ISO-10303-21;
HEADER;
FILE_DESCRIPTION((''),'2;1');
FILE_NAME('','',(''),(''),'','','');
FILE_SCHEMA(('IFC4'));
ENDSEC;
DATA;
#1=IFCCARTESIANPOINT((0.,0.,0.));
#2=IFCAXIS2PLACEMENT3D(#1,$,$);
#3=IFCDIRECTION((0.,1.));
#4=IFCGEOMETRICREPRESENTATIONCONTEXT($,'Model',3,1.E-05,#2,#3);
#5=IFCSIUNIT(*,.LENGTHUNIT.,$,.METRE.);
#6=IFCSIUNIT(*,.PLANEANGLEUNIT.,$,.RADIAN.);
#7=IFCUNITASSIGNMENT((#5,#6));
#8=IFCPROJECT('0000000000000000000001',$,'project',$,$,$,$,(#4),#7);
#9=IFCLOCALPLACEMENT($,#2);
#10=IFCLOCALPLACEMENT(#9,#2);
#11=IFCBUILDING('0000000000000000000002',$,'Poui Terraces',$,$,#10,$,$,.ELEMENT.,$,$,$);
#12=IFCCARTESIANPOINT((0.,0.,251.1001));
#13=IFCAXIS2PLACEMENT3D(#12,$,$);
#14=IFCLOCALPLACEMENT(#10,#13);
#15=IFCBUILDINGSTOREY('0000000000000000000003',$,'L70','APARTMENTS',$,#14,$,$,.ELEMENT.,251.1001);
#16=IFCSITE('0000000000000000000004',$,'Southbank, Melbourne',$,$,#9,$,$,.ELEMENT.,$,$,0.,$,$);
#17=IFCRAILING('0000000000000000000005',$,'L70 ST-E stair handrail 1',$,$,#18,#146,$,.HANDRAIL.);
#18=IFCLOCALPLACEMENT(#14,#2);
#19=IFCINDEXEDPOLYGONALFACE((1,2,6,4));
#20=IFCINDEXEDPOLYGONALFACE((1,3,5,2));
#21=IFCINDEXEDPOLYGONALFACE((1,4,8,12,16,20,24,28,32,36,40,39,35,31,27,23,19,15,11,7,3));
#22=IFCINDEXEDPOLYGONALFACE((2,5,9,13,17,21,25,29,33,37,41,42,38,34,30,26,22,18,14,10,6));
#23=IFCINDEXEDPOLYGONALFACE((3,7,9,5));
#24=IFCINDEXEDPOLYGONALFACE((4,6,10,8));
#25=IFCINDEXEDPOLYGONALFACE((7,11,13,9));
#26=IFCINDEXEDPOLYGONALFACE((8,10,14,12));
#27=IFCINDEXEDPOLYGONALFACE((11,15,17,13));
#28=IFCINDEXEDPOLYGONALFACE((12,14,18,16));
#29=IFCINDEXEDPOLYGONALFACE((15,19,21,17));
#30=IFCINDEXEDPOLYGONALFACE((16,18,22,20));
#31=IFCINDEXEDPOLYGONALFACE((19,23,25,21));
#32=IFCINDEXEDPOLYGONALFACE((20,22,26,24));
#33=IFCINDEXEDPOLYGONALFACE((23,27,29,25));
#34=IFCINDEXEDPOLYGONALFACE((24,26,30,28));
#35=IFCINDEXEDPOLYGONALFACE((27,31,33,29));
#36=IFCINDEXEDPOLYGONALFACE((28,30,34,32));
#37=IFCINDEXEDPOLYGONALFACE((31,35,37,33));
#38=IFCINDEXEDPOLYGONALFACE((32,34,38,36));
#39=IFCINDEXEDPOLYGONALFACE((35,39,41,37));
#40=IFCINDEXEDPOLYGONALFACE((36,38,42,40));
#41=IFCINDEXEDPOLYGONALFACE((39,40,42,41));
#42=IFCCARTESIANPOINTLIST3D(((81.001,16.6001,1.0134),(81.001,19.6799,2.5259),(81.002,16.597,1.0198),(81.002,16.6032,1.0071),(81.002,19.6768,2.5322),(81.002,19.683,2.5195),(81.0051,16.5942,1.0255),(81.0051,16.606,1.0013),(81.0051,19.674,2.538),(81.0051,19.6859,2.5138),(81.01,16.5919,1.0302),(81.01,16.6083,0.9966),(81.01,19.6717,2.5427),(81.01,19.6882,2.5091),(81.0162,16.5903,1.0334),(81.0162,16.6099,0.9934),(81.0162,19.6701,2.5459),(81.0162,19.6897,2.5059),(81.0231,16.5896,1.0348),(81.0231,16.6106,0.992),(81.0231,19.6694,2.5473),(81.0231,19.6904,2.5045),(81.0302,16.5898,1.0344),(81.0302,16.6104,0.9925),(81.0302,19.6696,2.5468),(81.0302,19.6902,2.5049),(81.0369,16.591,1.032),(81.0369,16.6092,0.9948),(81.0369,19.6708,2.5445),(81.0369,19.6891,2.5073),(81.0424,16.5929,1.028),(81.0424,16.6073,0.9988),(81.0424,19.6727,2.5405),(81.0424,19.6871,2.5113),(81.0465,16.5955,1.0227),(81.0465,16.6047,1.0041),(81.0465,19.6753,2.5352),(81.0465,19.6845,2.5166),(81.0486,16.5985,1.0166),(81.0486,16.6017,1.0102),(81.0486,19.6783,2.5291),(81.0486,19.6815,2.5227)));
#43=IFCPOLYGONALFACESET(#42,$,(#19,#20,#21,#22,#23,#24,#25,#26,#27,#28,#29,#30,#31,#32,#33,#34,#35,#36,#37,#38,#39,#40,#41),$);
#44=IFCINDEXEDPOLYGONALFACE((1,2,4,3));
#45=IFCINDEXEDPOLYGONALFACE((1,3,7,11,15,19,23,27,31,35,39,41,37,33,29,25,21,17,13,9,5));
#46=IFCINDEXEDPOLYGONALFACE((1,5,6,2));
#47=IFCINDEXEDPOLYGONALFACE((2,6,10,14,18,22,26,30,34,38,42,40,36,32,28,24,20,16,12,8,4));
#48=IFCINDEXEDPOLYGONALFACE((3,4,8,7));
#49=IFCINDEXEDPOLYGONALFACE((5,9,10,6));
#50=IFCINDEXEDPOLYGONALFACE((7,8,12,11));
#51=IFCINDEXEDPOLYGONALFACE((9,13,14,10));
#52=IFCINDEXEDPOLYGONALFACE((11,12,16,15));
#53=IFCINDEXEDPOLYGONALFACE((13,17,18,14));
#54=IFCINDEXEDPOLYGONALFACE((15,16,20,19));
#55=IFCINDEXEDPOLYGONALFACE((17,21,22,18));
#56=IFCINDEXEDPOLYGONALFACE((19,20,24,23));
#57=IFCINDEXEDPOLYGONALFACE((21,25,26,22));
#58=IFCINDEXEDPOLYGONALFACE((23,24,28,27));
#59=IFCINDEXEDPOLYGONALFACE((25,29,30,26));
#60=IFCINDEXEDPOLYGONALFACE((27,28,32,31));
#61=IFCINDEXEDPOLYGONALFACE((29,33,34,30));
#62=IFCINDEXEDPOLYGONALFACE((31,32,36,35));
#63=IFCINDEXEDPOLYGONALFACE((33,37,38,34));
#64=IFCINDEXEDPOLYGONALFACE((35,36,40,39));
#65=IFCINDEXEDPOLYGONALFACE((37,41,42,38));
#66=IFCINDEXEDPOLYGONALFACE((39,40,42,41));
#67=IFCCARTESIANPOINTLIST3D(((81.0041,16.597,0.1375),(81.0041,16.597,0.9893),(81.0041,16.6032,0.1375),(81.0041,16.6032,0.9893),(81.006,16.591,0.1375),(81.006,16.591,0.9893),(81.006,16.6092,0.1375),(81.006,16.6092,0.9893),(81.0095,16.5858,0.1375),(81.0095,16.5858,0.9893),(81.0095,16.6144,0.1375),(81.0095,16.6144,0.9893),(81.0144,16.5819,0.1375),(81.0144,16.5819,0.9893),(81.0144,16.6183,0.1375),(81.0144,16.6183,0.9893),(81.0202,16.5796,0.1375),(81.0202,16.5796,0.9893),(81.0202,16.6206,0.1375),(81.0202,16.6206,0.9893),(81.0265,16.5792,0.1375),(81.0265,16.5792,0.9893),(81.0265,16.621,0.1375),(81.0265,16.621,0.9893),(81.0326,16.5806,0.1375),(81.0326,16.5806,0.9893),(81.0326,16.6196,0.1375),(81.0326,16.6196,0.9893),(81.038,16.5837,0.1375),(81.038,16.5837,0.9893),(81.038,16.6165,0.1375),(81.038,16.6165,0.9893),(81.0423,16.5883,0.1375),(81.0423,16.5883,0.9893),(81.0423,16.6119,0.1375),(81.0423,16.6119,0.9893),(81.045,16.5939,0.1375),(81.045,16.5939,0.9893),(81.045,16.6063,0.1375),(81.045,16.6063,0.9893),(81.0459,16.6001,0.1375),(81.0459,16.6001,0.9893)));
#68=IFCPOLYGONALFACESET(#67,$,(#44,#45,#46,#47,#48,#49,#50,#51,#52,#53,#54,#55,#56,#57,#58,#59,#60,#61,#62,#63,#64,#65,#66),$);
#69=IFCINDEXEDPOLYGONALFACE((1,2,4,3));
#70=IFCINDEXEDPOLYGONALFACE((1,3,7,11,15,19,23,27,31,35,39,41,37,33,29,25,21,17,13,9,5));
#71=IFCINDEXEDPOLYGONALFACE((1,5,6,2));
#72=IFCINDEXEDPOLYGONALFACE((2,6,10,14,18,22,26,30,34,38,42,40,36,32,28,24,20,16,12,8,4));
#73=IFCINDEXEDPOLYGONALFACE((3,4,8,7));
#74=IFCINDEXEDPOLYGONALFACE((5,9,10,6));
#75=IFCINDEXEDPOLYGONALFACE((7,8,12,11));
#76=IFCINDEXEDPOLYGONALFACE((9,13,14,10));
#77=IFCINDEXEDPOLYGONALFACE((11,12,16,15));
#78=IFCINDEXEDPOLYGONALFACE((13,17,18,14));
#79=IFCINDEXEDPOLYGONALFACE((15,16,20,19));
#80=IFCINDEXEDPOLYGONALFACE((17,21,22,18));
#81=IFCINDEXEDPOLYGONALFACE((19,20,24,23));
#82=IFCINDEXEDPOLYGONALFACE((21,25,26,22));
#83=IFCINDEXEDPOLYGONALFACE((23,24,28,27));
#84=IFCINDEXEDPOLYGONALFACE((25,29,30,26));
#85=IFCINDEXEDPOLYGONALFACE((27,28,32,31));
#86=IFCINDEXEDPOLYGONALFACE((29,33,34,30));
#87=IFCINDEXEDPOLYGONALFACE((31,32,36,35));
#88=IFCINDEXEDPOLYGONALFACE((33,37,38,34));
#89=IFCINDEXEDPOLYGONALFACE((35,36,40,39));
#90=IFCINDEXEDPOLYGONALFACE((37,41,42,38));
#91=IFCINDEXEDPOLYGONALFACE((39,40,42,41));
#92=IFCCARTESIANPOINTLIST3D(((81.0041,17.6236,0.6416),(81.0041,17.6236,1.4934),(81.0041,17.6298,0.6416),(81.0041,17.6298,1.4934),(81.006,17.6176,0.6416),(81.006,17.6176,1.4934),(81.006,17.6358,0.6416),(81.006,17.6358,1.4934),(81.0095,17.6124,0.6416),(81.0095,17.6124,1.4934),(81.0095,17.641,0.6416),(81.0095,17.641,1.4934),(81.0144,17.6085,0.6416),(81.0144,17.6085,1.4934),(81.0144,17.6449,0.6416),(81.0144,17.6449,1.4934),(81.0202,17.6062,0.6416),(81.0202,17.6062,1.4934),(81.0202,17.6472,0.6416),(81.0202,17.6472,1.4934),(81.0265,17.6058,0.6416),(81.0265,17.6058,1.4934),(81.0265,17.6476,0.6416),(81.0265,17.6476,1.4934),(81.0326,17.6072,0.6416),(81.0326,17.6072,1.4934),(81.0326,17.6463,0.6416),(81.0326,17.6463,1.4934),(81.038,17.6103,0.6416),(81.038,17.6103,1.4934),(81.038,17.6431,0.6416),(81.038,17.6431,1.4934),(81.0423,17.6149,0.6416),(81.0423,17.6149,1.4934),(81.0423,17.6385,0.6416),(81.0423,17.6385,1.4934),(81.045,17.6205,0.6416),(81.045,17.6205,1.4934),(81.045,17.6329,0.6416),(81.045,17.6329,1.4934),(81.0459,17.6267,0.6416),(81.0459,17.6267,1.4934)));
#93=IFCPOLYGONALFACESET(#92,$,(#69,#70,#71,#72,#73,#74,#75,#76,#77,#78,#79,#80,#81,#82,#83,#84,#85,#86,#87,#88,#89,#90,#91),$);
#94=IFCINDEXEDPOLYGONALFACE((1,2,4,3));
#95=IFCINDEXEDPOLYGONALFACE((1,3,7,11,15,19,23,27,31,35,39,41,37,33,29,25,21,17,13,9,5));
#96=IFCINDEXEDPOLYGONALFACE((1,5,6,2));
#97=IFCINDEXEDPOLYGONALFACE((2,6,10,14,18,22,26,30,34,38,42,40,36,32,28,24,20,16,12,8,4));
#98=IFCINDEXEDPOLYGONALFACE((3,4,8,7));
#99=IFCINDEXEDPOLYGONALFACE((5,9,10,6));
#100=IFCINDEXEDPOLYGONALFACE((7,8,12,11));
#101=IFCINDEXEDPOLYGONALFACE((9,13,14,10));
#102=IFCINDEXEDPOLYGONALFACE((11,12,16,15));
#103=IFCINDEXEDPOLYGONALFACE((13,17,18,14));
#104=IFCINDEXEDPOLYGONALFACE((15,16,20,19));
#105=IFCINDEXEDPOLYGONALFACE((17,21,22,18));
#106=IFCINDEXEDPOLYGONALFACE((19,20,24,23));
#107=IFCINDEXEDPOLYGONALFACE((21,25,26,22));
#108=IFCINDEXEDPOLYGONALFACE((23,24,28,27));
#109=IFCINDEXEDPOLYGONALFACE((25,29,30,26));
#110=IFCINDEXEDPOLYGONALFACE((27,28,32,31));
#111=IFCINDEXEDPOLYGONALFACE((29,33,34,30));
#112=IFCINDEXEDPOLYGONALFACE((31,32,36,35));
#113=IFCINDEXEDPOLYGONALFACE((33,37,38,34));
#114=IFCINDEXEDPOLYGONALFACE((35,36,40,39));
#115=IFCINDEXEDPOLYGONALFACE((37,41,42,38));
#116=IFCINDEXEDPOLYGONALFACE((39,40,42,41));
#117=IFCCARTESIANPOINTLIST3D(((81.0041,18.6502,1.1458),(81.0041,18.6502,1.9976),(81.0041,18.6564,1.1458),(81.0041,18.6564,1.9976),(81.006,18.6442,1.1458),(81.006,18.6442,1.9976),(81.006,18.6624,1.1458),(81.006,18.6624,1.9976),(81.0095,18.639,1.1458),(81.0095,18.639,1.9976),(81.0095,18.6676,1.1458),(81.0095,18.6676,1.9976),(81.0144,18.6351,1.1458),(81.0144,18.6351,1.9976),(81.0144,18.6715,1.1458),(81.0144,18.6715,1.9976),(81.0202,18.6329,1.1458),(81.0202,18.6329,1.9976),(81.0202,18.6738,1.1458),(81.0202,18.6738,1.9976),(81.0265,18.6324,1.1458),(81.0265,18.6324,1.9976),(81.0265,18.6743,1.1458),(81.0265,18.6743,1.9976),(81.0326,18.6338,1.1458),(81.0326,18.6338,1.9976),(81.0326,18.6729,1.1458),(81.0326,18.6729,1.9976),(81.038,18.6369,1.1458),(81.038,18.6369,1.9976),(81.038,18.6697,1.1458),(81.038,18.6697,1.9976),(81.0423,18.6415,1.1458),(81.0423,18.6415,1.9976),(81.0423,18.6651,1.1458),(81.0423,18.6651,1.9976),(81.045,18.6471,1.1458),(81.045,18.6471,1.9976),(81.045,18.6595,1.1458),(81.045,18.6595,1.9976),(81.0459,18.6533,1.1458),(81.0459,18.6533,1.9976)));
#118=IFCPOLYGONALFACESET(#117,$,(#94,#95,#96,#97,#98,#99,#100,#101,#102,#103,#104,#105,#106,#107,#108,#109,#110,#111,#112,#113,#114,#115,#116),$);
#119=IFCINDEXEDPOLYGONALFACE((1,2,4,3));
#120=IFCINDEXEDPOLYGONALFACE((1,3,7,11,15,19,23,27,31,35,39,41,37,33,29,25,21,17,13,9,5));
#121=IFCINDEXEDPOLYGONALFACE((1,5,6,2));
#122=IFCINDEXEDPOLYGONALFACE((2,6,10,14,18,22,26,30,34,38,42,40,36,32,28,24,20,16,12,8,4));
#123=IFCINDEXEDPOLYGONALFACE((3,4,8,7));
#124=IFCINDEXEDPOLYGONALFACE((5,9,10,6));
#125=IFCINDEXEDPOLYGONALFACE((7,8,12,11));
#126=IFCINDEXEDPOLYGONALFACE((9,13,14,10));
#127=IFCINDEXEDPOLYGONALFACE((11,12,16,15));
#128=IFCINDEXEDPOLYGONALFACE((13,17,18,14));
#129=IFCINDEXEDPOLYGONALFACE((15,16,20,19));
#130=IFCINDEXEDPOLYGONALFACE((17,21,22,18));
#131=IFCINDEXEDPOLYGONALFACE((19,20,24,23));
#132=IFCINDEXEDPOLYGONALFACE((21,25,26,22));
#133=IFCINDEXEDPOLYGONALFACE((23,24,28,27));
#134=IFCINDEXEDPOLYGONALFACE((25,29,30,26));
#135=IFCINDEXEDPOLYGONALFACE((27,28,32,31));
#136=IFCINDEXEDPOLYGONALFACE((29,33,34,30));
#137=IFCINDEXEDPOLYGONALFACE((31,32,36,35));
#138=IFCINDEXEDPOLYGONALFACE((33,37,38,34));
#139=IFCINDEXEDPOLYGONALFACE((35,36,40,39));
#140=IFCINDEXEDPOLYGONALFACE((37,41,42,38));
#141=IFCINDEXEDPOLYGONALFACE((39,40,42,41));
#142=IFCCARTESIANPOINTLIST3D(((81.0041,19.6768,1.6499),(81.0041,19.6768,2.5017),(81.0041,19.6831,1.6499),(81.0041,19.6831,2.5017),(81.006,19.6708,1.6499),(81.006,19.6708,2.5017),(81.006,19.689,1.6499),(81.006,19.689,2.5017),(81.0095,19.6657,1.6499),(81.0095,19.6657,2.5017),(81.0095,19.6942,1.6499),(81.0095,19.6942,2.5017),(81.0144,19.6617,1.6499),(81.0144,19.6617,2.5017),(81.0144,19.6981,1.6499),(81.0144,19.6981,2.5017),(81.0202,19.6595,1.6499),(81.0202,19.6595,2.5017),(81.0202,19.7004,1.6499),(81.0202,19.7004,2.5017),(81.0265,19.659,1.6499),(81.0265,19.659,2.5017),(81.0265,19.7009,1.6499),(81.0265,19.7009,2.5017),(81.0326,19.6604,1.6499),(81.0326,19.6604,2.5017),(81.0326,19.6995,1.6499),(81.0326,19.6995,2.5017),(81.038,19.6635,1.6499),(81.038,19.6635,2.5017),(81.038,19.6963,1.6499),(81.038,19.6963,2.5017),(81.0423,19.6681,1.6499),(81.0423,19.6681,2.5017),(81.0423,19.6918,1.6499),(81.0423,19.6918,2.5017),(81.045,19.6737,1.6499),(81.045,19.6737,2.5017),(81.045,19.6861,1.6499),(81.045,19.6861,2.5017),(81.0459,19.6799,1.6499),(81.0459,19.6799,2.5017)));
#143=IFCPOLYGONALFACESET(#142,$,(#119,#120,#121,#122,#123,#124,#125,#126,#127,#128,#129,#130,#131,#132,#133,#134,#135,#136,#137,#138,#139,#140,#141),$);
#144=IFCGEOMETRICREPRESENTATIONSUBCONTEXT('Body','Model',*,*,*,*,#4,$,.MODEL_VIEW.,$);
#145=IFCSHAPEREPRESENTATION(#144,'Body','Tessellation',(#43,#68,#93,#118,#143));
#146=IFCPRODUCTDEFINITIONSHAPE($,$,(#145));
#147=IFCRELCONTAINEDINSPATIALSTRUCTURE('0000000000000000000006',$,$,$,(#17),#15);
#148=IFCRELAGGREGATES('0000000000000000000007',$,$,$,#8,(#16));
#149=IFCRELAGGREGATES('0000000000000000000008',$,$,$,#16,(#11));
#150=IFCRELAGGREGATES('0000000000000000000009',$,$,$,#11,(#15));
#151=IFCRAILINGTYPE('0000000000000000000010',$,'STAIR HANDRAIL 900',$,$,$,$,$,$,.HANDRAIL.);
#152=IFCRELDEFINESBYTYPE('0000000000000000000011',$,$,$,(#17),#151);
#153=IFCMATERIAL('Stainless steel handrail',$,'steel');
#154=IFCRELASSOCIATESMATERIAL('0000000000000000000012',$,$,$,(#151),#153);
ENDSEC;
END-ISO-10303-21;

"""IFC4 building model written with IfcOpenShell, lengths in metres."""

from ifc_helpers import new_model, si_unit, direction, frame, origin, origin_2d, place, context, subcontext, project, spatial, circle, extrude, material, type_object, element, save


model = new_model("IFC4")

# Units and contexts
model_context = context("Model", 3, precision=1e-05, world=origin(), true_north=direction((0.0, 1.0)))
body_context = subcontext(model_context, "Body", "Model", "MODEL_VIEW")
ifc_project = project(units=[si_unit("LENGTHUNIT", "METRE"), si_unit("PLANEANGLEUNIT", "RADIAN")], contexts=[model_context])

# Site, building, storey
site_placement = place(None, origin())
site = spatial("IfcSite", under=ifc_project, at=site_placement, Name="Southbank, Melbourne", CompositionType="ELEMENT", RefElevation=0.0)
building_placement = place(site_placement, origin())
building = spatial("IfcBuilding", under=site, at=building_placement, Name="Poui Terraces", CompositionType="ELEMENT")
storey_placement = place(building_placement, frame((0.0, 0.0, 251.1001)))
storey = spatial("IfcBuildingStorey", under=building, at=storey_placement, Name="L70", Description="APARTMENTS", CompositionType="ELEMENT", Elevation=251.1001)

# Railing
ifc_material_1 = material(Name="Stainless steel handrail", Category="steel")
railing_type_1 = type_object("IfcRailingType", Name="STAIR HANDRAIL 900", PredefinedType="HANDRAIL", material=ifc_material_1)
railing_1_placement = place(storey_placement, frame((81.0249, 16.6001, 0.1375)))
element("IfcRailing", 1, at=railing_1_placement, inside=storey, type_object=railing_type_1, Name="L70 ST-E stair handrail 1", PredefinedType="HANDRAIL", context=body_context, shape_type="SweptSolid", body=[
    extrude(circle(Radius=0.0239, at=origin_2d()), frame((0.0, 0.0, 0.876), z_axis=(0.0, 0.897606, 0.440798), x_axis=(-1.0, 0.0, 0.0)), (0.0, 0.0, 1.0), 3.4312),
    extrude(circle(Radius=0.021, at=origin_2d()), origin(), (0.0, 0.0, 1.0), 0.8518),
    extrude(circle(Radius=0.021, at=origin_2d()), frame((0.0, 1.0266, 0.5042)), (0.0, 0.0, 1.0), 0.8518),
    extrude(circle(Radius=0.021, at=origin_2d()), frame((0.0, 2.0532, 1.0083)), (0.0, 0.0, 1.0), 0.8518),
    extrude(circle(Radius=0.021, at=origin_2d()), frame((0.0, 3.0798, 1.5125)), (0.0, 0.0, 1.0), 0.8518),
])

save(model, "model.ifc")
